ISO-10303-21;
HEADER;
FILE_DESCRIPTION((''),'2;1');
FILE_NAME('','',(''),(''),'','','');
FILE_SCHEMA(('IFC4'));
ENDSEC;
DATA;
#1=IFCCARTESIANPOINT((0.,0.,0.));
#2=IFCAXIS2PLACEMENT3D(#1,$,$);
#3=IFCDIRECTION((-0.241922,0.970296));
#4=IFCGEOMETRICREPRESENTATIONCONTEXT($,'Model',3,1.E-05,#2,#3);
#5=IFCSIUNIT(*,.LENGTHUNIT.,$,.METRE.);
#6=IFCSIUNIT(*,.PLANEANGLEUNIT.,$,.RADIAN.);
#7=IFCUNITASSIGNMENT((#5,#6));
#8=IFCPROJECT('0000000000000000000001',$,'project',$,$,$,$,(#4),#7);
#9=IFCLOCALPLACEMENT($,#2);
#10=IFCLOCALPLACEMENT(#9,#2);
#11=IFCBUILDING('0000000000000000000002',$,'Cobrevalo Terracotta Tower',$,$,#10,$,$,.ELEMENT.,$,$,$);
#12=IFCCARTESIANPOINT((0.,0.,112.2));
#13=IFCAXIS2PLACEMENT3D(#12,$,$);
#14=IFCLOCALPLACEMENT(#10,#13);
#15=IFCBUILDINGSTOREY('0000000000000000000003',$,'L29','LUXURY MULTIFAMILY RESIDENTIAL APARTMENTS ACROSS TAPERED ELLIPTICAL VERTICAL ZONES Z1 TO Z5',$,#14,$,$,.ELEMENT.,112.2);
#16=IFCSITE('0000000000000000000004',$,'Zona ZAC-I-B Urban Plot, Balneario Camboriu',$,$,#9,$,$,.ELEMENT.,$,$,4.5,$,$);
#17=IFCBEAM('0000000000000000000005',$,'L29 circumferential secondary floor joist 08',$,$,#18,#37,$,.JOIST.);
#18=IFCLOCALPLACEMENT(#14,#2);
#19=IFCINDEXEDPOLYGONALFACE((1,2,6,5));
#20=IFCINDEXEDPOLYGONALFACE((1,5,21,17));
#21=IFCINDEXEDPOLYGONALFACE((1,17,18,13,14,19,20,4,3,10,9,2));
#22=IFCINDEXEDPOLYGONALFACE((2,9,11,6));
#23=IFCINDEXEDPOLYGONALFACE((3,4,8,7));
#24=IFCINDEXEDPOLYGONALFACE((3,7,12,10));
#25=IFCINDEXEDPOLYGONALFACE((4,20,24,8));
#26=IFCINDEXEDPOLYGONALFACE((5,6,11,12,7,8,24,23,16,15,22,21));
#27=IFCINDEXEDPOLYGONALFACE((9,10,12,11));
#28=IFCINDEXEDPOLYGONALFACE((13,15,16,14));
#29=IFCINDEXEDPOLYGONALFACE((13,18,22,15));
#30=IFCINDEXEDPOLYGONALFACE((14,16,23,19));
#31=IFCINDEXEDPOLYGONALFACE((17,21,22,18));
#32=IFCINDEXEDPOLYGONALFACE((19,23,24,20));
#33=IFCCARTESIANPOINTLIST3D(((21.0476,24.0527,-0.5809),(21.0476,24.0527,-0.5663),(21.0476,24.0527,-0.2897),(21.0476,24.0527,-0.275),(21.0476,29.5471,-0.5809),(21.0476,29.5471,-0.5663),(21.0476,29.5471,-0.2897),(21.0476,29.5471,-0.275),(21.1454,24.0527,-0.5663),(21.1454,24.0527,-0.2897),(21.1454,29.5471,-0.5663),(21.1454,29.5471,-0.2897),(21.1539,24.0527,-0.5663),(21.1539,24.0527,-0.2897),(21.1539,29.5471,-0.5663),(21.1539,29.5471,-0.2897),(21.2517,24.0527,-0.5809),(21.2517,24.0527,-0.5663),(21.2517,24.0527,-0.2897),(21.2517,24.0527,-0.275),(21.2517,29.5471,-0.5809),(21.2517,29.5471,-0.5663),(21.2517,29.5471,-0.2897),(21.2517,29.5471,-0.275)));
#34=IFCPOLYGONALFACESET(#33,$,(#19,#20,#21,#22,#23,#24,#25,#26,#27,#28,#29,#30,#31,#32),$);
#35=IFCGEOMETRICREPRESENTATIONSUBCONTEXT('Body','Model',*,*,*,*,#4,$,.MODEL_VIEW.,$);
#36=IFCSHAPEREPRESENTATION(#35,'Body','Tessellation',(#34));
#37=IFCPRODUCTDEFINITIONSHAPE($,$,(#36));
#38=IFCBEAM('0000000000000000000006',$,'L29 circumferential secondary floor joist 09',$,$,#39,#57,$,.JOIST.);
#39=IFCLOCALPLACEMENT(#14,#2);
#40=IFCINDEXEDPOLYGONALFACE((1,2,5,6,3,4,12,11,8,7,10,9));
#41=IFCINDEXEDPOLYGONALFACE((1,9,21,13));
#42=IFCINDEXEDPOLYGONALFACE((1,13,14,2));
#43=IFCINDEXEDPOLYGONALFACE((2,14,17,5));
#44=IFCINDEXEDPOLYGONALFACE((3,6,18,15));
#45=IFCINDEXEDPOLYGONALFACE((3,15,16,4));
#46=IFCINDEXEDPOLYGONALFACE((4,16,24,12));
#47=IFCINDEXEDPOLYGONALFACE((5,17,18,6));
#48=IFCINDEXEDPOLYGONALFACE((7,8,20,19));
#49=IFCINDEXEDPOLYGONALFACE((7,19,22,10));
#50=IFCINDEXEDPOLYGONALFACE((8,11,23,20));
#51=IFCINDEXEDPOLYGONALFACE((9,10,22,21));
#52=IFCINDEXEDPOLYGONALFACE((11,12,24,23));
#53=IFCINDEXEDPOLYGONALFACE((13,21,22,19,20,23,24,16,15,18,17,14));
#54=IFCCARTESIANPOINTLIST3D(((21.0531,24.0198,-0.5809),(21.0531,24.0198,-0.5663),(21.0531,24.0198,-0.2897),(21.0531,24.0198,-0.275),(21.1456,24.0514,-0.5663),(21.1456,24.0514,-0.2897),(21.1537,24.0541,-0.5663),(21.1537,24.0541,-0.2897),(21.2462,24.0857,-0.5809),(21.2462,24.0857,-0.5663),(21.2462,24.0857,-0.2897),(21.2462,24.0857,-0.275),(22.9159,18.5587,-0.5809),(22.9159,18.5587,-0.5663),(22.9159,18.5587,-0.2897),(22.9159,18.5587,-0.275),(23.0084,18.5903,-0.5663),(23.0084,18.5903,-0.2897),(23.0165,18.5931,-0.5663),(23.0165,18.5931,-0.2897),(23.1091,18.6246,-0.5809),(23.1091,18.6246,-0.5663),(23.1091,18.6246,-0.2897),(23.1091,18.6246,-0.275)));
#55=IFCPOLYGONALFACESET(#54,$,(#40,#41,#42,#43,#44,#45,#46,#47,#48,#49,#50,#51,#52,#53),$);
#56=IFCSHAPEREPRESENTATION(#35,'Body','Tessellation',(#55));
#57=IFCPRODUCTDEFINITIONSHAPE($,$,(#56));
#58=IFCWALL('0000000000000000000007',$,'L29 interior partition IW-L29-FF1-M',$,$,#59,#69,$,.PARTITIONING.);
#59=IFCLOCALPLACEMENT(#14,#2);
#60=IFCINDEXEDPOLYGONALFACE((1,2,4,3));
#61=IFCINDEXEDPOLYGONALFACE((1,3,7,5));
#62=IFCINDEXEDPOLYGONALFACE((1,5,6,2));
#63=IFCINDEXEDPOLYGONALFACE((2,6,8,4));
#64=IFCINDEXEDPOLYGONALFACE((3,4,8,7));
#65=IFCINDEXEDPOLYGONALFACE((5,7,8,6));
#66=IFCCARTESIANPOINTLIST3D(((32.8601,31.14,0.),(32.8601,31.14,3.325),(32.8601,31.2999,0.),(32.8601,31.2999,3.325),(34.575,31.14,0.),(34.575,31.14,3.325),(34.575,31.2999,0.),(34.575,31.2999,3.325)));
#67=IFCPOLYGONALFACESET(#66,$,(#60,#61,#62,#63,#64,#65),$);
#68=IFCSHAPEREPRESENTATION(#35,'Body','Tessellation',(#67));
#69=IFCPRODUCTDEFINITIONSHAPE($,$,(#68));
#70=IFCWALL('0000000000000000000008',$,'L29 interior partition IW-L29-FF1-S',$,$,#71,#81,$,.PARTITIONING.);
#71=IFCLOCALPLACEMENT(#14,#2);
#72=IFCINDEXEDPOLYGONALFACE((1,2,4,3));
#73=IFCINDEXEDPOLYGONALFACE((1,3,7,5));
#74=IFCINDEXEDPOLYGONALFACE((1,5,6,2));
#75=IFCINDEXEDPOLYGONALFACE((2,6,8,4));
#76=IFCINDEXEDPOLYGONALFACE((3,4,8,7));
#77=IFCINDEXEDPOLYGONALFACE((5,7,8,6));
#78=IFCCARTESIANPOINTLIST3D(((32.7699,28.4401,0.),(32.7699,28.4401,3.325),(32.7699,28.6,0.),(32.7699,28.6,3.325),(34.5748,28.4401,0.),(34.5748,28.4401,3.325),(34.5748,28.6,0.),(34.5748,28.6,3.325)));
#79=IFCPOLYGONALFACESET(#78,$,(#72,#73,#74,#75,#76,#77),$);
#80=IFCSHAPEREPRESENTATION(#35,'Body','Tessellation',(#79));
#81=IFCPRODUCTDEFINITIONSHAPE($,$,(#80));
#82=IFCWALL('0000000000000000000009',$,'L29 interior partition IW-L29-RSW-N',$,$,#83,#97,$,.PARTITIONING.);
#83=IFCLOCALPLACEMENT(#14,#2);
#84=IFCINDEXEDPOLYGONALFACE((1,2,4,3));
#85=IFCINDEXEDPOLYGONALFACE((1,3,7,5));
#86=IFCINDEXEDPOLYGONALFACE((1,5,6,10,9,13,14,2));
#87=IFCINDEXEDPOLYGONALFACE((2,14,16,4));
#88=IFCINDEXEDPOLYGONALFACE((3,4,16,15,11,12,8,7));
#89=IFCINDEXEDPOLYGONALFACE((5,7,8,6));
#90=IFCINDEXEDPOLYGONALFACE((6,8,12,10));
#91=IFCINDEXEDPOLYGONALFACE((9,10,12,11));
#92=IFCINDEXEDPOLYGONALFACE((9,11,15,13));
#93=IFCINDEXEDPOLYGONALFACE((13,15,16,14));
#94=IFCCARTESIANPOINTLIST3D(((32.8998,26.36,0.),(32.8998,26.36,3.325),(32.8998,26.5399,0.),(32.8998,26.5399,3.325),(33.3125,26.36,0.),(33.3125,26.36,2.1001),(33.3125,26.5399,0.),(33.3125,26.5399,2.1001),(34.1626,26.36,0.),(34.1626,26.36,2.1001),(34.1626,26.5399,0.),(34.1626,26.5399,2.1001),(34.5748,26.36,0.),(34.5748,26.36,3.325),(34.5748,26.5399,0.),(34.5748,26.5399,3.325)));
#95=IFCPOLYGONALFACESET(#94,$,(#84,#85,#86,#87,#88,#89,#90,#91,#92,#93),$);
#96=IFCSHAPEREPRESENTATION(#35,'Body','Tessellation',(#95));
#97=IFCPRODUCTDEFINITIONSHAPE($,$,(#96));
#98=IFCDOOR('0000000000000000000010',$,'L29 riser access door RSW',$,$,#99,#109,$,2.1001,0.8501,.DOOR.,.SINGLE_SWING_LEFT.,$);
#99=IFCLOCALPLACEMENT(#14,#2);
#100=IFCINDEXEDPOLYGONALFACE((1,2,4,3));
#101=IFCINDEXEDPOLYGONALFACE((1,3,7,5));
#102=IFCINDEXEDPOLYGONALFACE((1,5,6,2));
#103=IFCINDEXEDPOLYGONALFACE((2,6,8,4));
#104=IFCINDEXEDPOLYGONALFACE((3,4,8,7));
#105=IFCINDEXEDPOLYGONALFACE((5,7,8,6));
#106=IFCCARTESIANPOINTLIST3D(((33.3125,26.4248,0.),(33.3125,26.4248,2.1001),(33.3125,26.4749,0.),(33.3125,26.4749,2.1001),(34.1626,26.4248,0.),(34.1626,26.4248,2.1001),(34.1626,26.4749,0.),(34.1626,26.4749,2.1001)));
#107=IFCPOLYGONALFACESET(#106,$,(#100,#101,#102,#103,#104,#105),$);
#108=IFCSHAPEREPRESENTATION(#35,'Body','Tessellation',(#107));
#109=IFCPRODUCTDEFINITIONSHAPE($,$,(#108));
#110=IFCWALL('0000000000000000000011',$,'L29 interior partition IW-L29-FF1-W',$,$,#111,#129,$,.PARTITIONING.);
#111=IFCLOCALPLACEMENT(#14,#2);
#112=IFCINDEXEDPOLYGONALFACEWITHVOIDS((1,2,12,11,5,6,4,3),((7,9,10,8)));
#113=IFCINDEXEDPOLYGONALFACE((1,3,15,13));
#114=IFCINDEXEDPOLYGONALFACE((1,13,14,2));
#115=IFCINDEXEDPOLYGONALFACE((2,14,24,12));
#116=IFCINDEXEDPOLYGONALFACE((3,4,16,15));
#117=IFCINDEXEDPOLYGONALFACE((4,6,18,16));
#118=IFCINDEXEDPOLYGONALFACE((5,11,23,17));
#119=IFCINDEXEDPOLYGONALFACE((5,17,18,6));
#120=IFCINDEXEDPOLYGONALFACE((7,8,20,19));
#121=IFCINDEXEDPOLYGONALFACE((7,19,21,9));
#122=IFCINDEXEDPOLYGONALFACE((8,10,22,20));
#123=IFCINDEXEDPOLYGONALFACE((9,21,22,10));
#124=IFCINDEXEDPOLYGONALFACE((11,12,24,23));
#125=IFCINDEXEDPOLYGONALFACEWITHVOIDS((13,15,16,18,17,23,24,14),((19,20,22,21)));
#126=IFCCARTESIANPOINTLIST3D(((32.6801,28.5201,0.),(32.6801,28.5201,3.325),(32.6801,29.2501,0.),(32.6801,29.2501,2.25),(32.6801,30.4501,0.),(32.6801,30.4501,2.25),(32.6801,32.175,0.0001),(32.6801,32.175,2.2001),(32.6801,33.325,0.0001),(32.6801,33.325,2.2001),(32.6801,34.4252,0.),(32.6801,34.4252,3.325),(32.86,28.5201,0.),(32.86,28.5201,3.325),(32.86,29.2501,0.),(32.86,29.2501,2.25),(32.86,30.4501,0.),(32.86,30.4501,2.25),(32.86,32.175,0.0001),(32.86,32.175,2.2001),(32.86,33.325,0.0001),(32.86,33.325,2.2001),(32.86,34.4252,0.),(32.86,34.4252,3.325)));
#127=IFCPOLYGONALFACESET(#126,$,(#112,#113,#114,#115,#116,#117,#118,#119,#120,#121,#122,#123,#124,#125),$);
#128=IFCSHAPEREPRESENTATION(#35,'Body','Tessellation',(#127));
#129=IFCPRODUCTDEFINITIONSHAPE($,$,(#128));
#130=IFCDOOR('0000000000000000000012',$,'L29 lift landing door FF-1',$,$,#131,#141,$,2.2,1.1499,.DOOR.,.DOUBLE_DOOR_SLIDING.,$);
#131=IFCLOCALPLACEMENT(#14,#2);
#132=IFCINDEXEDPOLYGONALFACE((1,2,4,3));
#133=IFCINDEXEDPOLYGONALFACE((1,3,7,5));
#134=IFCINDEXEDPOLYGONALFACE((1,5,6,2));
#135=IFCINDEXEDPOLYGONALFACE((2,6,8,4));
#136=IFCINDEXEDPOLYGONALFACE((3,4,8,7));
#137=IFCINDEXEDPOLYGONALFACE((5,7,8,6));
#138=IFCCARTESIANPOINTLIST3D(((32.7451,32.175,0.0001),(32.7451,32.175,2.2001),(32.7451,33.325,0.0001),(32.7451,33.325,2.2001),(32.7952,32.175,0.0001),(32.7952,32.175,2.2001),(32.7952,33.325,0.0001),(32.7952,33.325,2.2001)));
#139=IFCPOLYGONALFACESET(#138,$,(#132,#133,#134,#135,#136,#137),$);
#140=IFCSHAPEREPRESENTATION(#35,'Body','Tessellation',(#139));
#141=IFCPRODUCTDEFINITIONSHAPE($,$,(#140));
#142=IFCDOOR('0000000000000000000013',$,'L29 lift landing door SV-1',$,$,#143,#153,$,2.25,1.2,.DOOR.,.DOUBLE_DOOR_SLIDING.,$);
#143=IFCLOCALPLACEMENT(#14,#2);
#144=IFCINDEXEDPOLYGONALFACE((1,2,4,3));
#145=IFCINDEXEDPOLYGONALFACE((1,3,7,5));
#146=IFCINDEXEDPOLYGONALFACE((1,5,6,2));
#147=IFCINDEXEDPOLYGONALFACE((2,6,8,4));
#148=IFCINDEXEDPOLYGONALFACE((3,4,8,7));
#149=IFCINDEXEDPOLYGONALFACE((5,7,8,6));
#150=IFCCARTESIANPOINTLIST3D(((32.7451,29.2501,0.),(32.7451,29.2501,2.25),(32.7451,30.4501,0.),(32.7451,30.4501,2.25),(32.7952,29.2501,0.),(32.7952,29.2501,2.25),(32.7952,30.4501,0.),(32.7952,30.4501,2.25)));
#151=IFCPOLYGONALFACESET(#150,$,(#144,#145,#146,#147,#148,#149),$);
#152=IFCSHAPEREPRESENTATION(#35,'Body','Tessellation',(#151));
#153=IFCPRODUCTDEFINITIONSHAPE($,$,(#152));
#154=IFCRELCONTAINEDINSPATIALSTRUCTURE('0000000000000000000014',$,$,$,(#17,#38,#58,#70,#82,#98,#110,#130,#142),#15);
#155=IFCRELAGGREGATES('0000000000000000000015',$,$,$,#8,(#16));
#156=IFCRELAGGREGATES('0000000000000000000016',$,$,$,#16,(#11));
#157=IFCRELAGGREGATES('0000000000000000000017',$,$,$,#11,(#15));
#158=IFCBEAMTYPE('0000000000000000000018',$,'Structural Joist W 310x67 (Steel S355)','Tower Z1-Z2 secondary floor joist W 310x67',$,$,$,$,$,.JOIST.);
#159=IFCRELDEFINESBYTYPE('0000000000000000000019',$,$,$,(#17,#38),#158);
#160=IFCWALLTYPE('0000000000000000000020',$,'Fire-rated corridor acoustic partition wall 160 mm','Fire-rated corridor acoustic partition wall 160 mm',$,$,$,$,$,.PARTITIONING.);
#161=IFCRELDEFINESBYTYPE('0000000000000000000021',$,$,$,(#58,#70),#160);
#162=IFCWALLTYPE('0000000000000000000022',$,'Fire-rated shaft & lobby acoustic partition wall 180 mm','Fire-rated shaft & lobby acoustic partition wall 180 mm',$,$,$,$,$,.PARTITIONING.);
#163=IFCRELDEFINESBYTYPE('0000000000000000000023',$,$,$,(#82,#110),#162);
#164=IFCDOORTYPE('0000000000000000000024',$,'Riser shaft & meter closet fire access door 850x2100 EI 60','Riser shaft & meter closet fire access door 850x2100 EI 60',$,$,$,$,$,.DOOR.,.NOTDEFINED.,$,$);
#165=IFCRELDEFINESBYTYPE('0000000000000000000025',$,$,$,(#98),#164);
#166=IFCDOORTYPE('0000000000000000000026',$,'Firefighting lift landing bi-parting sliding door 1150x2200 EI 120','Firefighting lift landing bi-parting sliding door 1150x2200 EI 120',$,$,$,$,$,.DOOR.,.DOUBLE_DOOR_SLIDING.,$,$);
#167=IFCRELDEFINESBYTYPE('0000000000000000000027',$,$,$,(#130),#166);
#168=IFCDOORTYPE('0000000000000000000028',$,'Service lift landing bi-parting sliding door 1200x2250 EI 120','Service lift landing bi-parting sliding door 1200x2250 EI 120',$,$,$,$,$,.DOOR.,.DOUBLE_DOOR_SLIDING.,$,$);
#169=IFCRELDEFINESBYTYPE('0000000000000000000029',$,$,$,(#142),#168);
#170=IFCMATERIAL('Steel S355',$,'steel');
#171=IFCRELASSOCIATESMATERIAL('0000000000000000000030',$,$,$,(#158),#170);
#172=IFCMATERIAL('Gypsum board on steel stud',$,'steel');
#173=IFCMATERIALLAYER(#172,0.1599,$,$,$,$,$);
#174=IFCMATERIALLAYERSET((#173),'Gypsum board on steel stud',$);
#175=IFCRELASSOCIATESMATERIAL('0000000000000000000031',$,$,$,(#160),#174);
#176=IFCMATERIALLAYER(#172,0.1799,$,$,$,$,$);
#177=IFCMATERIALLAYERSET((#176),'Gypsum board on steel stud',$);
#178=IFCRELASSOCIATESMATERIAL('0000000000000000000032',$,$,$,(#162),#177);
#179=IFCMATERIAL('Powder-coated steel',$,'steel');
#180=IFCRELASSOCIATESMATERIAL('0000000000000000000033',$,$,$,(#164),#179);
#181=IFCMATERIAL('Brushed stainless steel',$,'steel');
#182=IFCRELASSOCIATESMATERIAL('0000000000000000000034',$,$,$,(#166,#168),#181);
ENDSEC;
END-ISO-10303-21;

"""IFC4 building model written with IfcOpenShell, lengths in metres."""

from ifc_helpers import new_model, si_unit, direction, frame, frame_2d, origin, origin_2d, place, context, subcontext, project, spatial, rectangle, i_section, extrude, source, transform, mapped, material, layer, layer_set, material_profile, profile_set, type_object, element, fill, save


model = new_model("IFC4")

# Units and contexts
model_context = context("Model", 3, precision=1e-05, world=origin(), true_north=direction((-0.241922, 0.970296)))
body_context = subcontext(model_context, "Body", "Model", "MODEL_VIEW")
ifc_project = project(units=[si_unit("LENGTHUNIT", "METRE"), si_unit("PLANEANGLEUNIT", "RADIAN")], contexts=[model_context])

# Site, building, storey
site_placement = place(None, origin())
site = spatial("IfcSite", under=ifc_project, at=site_placement, Name="Zona ZAC-I-B Urban Plot, Balneario Camboriu", CompositionType="ELEMENT", RefElevation=4.5)
building_placement = place(site_placement, origin())
building = spatial("IfcBuilding", under=site, at=building_placement, Name="Cobrevalo Terracotta Tower", CompositionType="ELEMENT")
storey_placement = place(building_placement, frame((0.0, 0.0, 112.2)))
storey = spatial("IfcBuildingStorey", under=building, at=storey_placement, Name="L29", Description="LUXURY MULTIFAMILY RESIDENTIAL APARTMENTS ACROSS TAPERED ELLIPTICAL VERTICAL ZONES Z1 TO Z5", CompositionType="ELEMENT", Elevation=112.2)

# Beams
ifc_material_1 = material(Name="Steel S355", Category="steel")
ifc_material_profile = material_profile(ifc_material_1, i_section(OverallWidth=0.2041, OverallDepth=0.3059, WebThickness=0.0085, FlangeThickness=0.0146, at=origin_2d()), Name="W 310x67")
ifc_profile_set = profile_set([ifc_material_profile], Name="Steel S355")
beam_type = type_object("IfcBeamType", Name="Structural Joist W 310x67 (Steel S355)", Description="Tower Z1-Z2 secondary floor joist W 310x67", PredefinedType="JOIST", material=ifc_profile_set)
beam_1_placement = place(storey_placement, frame((21.1497, 29.5471, -0.428), z_axis=(0.0, -1.0, 0.0), x_axis=(1.0, 0.0, 0.0)))
element("IfcBeam", 1, at=beam_1_placement, inside=storey, type_object=beam_type, Name="L29 circumferential secondary floor joist 08", PredefinedType="JOIST", context=body_context, shape_type="SweptSolid", body=[
    extrude(i_section(OverallWidth=0.2041, OverallDepth=0.3059, WebThickness=0.0085, FlangeThickness=0.0146, at=origin_2d()), origin(), (0.0, 0.0, 1.0), 5.4944),
])
beam_2_placement = place(storey_placement, frame((21.1497, 24.0527, -0.428), z_axis=(0.322846, -0.946451, 0.0), x_axis=(0.946451, 0.322846, 0.0)))
element("IfcBeam", 2, at=beam_2_placement, inside=storey, type_object=beam_type, Name="L29 circumferential secondary floor joist 09", PredefinedType="JOIST", context=body_context, shape_type="SweptSolid", body=[
    extrude(i_section(OverallWidth=0.2041, OverallDepth=0.3059, WebThickness=0.0085, FlangeThickness=0.0146, at=origin_2d()), origin(), (0.0, 0.0, 1.0), 5.77),
])

# Walls
ifc_material_2 = material(Name="Gypsum board on steel stud", Category="steel")
ifc_layer_1 = layer(ifc_material_2, 0.1599)
ifc_layer_set_1 = layer_set([ifc_layer_1], Name="Gypsum board on steel stud")
wall_type_1 = type_object("IfcWallType", Name="Fire-rated corridor acoustic partition wall 160 mm", Description="Fire-rated corridor acoustic partition wall 160 mm", PredefinedType="PARTITIONING", material=ifc_layer_set_1)
wall_1_placement = place(storey_placement, frame((32.8601, 31.22, 0.0), z_axis=(0.0, 0.0, 1.0), x_axis=(1.0, 0.0, 0.0)))
element("IfcWall", 3, at=wall_1_placement, inside=storey, type_object=wall_type_1, Name="L29 interior partition IW-L29-FF1-M", PredefinedType="PARTITIONING", context=body_context, shape_type="SweptSolid", body=[
    extrude(rectangle(XDim=1.7148, YDim=0.1599, at=frame_2d((0.8574, 0.0))), origin(), (0.0, 0.0, 1.0), 3.325),
])
wall_2_placement = place(storey_placement, frame((32.77, 28.52, 0.0), z_axis=(0.0, 0.0, 1.0), x_axis=(1.0, 0.0, 0.0)))
element("IfcWall", 4, at=wall_2_placement, inside=storey, type_object=wall_type_1, Name="L29 interior partition IW-L29-FF1-S", PredefinedType="PARTITIONING", context=body_context, shape_type="SweptSolid", body=[
    extrude(rectangle(XDim=1.8049, YDim=0.1599, at=frame_2d((0.9023, 0.0))), origin(), (0.0, 0.0, 1.0), 3.325),
])

# Wall, opening, door
ifc_layer_2 = layer(ifc_material_2, 0.1799)
ifc_layer_set_2 = layer_set([ifc_layer_2], Name="Gypsum board on steel stud")
wall_type_2 = type_object("IfcWallType", Name="Fire-rated shaft & lobby acoustic partition wall 180 mm", Description="Fire-rated shaft & lobby acoustic partition wall 180 mm", PredefinedType="PARTITIONING", material=ifc_layer_set_2)
wall_3_placement = place(storey_placement, frame((32.8999, 26.45, 0.0), z_axis=(0.0, 0.0, 1.0), x_axis=(1.0, 0.0, 0.0)))
wall_3 = element("IfcWall", 5, at=wall_3_placement, inside=storey, type_object=wall_type_2, Name="L29 interior partition IW-L29-RSW-N", PredefinedType="PARTITIONING", context=body_context, shape_type="SweptSolid", body=[
    extrude(rectangle(XDim=1.675, YDim=0.1799, at=frame_2d((0.8374, 0.0))), origin(), (0.0, 0.0, 1.0), 3.325),
])
opening_1_placement = place(wall_3_placement, frame((0.4126, 0.0, 0.0)))
opening_1 = element("IfcOpeningElement", 6, at=opening_1_placement, cuts=wall_3, PredefinedType="OPENING", context=body_context, shape_type="SweptSolid", body=[
    extrude(rectangle(XDim=0.8501, YDim=2.1001, at=frame_2d((0.425, 1.05))), frame((0.0, 0.1001, 0.0), z_axis=(0.0, -1.0, 0.0), x_axis=(1.0, 0.0, 0.0)), (0.0, 0.0, 1.0), 0.2),
])
ifc_material_3 = material(Name="Powder-coated steel", Category="steel")
door_type_1 = type_object("IfcDoorType", Name="Riser shaft & meter closet fire access door 850x2100 EI 60", Description="Riser shaft & meter closet fire access door 850x2100 EI 60", OperationType="NOTDEFINED", PredefinedType="DOOR", material=ifc_material_3)
shared_shape_1 = source(origin(), body_context, "Body", "SweptSolid", [
    extrude(rectangle(XDim=0.8501, YDim=2.1001, at=frame_2d((0.425, 1.05))), frame((0.0, 0.0249, 0.0), z_axis=(0.0, -1.0, 0.0), x_axis=(1.0, 0.0, 0.0)), (0.0, 0.0, 1.0), 0.05),
])
door_1_placement = place(opening_1_placement, origin())
door_1 = element("IfcDoor", 7, at=door_1_placement, inside=storey, type_object=door_type_1, Name="L29 riser access door RSW", OperationType="SINGLE_SWING_LEFT", OverallHeight=2.1001, OverallWidth=0.8501, PredefinedType="DOOR", context=body_context, shape_type="MappedRepresentation", body=[
    mapped(shared_shape_1, transform((0.0, 0.0, 0.0), scale=1.0)),
])
fill(opening_1, door_1)

# Wall, openings, doors
wall_4_placement = place(storey_placement, frame((32.77, 28.52, 0.0), z_axis=(0.0, 0.0, 1.0), x_axis=(0.0, 1.0, 0.0)))
wall_4 = element("IfcWall", 8, at=wall_4_placement, inside=storey, type_object=wall_type_2, Name="L29 interior partition IW-L29-FF1-W", PredefinedType="PARTITIONING", context=body_context, shape_type="SweptSolid", body=[
    extrude(rectangle(XDim=5.905, YDim=0.1799, at=frame_2d((2.9526, 0.0))), origin(), (0.0, 0.0, 1.0), 3.325),
])
opening_2_placement = place(wall_4_placement, frame((3.655, 0.0, 0.0)))
opening_2 = element("IfcOpeningElement", 9, at=opening_2_placement, cuts=wall_4, PredefinedType="OPENING", context=body_context, shape_type="SweptSolid", body=[
    extrude(rectangle(XDim=1.1499, YDim=2.2, at=frame_2d((0.575, 1.1001))), frame((0.0, 0.1001, 0.0), z_axis=(0.0, -1.0, 0.0), x_axis=(1.0, 0.0, 0.0)), (0.0, 0.0, 1.0), 0.2),
])
opening_3_placement = place(wall_4_placement, frame((0.73, 0.0, 0.0)))
opening_3 = element("IfcOpeningElement", 10, at=opening_3_placement, cuts=wall_4, PredefinedType="OPENING", context=body_context, shape_type="SweptSolid", body=[
    extrude(rectangle(XDim=1.2, YDim=2.25, at=frame_2d((0.6001, 1.125))), frame((0.0, 0.1001, 0.0), z_axis=(0.0, -1.0, 0.0), x_axis=(1.0, 0.0, 0.0)), (0.0, 0.0, 1.0), 0.2),
])
ifc_material_4 = material(Name="Brushed stainless steel", Category="steel")
door_type_2 = type_object("IfcDoorType", Name="Firefighting lift landing bi-parting sliding door 1150x2200 EI 120", Description="Firefighting lift landing bi-parting sliding door 1150x2200 EI 120", OperationType="DOUBLE_DOOR_SLIDING", PredefinedType="DOOR", material=ifc_material_4)
shared_shape_2 = source(origin(), body_context, "Body", "SweptSolid", [
    extrude(rectangle(XDim=1.1499, YDim=2.2, at=frame_2d((0.575, 1.1001))), frame((0.0, 0.0249, 0.0), z_axis=(0.0, -1.0, 0.0), x_axis=(1.0, 0.0, 0.0)), (0.0, 0.0, 1.0), 0.05),
])
door_2_placement = place(opening_2_placement, origin())
door_2 = element("IfcDoor", 11, at=door_2_placement, inside=storey, type_object=door_type_2, Name="L29 lift landing door FF-1", OperationType="DOUBLE_DOOR_SLIDING", OverallHeight=2.2, OverallWidth=1.1499, PredefinedType="DOOR", context=body_context, shape_type="MappedRepresentation", body=[
    mapped(shared_shape_2, transform((0.0, 0.0, 0.0), scale=1.0)),
])
fill(opening_2, door_2)
door_type_3 = type_object("IfcDoorType", Name="Service lift landing bi-parting sliding door 1200x2250 EI 120", Description="Service lift landing bi-parting sliding door 1200x2250 EI 120", OperationType="DOUBLE_DOOR_SLIDING", PredefinedType="DOOR", material=ifc_material_4)
shared_shape_3 = source(origin(), body_context, "Body", "SweptSolid", [
    extrude(rectangle(XDim=1.2, YDim=2.25, at=frame_2d((0.6001, 1.125))), frame((0.0, 0.0249, 0.0), z_axis=(0.0, -1.0, 0.0), x_axis=(1.0, 0.0, 0.0)), (0.0, 0.0, 1.0), 0.05),
])
door_3_placement = place(opening_3_placement, origin())
door_3 = element("IfcDoor", 12, at=door_3_placement, inside=storey, type_object=door_type_3, Name="L29 lift landing door SV-1", OperationType="DOUBLE_DOOR_SLIDING", OverallHeight=2.25, OverallWidth=1.2, PredefinedType="DOOR", context=body_context, shape_type="MappedRepresentation", body=[
    mapped(shared_shape_3, transform((0.0, 0.0, 0.0), scale=1.0)),
])
fill(opening_3, door_3)

save(model, "model.ifc")
